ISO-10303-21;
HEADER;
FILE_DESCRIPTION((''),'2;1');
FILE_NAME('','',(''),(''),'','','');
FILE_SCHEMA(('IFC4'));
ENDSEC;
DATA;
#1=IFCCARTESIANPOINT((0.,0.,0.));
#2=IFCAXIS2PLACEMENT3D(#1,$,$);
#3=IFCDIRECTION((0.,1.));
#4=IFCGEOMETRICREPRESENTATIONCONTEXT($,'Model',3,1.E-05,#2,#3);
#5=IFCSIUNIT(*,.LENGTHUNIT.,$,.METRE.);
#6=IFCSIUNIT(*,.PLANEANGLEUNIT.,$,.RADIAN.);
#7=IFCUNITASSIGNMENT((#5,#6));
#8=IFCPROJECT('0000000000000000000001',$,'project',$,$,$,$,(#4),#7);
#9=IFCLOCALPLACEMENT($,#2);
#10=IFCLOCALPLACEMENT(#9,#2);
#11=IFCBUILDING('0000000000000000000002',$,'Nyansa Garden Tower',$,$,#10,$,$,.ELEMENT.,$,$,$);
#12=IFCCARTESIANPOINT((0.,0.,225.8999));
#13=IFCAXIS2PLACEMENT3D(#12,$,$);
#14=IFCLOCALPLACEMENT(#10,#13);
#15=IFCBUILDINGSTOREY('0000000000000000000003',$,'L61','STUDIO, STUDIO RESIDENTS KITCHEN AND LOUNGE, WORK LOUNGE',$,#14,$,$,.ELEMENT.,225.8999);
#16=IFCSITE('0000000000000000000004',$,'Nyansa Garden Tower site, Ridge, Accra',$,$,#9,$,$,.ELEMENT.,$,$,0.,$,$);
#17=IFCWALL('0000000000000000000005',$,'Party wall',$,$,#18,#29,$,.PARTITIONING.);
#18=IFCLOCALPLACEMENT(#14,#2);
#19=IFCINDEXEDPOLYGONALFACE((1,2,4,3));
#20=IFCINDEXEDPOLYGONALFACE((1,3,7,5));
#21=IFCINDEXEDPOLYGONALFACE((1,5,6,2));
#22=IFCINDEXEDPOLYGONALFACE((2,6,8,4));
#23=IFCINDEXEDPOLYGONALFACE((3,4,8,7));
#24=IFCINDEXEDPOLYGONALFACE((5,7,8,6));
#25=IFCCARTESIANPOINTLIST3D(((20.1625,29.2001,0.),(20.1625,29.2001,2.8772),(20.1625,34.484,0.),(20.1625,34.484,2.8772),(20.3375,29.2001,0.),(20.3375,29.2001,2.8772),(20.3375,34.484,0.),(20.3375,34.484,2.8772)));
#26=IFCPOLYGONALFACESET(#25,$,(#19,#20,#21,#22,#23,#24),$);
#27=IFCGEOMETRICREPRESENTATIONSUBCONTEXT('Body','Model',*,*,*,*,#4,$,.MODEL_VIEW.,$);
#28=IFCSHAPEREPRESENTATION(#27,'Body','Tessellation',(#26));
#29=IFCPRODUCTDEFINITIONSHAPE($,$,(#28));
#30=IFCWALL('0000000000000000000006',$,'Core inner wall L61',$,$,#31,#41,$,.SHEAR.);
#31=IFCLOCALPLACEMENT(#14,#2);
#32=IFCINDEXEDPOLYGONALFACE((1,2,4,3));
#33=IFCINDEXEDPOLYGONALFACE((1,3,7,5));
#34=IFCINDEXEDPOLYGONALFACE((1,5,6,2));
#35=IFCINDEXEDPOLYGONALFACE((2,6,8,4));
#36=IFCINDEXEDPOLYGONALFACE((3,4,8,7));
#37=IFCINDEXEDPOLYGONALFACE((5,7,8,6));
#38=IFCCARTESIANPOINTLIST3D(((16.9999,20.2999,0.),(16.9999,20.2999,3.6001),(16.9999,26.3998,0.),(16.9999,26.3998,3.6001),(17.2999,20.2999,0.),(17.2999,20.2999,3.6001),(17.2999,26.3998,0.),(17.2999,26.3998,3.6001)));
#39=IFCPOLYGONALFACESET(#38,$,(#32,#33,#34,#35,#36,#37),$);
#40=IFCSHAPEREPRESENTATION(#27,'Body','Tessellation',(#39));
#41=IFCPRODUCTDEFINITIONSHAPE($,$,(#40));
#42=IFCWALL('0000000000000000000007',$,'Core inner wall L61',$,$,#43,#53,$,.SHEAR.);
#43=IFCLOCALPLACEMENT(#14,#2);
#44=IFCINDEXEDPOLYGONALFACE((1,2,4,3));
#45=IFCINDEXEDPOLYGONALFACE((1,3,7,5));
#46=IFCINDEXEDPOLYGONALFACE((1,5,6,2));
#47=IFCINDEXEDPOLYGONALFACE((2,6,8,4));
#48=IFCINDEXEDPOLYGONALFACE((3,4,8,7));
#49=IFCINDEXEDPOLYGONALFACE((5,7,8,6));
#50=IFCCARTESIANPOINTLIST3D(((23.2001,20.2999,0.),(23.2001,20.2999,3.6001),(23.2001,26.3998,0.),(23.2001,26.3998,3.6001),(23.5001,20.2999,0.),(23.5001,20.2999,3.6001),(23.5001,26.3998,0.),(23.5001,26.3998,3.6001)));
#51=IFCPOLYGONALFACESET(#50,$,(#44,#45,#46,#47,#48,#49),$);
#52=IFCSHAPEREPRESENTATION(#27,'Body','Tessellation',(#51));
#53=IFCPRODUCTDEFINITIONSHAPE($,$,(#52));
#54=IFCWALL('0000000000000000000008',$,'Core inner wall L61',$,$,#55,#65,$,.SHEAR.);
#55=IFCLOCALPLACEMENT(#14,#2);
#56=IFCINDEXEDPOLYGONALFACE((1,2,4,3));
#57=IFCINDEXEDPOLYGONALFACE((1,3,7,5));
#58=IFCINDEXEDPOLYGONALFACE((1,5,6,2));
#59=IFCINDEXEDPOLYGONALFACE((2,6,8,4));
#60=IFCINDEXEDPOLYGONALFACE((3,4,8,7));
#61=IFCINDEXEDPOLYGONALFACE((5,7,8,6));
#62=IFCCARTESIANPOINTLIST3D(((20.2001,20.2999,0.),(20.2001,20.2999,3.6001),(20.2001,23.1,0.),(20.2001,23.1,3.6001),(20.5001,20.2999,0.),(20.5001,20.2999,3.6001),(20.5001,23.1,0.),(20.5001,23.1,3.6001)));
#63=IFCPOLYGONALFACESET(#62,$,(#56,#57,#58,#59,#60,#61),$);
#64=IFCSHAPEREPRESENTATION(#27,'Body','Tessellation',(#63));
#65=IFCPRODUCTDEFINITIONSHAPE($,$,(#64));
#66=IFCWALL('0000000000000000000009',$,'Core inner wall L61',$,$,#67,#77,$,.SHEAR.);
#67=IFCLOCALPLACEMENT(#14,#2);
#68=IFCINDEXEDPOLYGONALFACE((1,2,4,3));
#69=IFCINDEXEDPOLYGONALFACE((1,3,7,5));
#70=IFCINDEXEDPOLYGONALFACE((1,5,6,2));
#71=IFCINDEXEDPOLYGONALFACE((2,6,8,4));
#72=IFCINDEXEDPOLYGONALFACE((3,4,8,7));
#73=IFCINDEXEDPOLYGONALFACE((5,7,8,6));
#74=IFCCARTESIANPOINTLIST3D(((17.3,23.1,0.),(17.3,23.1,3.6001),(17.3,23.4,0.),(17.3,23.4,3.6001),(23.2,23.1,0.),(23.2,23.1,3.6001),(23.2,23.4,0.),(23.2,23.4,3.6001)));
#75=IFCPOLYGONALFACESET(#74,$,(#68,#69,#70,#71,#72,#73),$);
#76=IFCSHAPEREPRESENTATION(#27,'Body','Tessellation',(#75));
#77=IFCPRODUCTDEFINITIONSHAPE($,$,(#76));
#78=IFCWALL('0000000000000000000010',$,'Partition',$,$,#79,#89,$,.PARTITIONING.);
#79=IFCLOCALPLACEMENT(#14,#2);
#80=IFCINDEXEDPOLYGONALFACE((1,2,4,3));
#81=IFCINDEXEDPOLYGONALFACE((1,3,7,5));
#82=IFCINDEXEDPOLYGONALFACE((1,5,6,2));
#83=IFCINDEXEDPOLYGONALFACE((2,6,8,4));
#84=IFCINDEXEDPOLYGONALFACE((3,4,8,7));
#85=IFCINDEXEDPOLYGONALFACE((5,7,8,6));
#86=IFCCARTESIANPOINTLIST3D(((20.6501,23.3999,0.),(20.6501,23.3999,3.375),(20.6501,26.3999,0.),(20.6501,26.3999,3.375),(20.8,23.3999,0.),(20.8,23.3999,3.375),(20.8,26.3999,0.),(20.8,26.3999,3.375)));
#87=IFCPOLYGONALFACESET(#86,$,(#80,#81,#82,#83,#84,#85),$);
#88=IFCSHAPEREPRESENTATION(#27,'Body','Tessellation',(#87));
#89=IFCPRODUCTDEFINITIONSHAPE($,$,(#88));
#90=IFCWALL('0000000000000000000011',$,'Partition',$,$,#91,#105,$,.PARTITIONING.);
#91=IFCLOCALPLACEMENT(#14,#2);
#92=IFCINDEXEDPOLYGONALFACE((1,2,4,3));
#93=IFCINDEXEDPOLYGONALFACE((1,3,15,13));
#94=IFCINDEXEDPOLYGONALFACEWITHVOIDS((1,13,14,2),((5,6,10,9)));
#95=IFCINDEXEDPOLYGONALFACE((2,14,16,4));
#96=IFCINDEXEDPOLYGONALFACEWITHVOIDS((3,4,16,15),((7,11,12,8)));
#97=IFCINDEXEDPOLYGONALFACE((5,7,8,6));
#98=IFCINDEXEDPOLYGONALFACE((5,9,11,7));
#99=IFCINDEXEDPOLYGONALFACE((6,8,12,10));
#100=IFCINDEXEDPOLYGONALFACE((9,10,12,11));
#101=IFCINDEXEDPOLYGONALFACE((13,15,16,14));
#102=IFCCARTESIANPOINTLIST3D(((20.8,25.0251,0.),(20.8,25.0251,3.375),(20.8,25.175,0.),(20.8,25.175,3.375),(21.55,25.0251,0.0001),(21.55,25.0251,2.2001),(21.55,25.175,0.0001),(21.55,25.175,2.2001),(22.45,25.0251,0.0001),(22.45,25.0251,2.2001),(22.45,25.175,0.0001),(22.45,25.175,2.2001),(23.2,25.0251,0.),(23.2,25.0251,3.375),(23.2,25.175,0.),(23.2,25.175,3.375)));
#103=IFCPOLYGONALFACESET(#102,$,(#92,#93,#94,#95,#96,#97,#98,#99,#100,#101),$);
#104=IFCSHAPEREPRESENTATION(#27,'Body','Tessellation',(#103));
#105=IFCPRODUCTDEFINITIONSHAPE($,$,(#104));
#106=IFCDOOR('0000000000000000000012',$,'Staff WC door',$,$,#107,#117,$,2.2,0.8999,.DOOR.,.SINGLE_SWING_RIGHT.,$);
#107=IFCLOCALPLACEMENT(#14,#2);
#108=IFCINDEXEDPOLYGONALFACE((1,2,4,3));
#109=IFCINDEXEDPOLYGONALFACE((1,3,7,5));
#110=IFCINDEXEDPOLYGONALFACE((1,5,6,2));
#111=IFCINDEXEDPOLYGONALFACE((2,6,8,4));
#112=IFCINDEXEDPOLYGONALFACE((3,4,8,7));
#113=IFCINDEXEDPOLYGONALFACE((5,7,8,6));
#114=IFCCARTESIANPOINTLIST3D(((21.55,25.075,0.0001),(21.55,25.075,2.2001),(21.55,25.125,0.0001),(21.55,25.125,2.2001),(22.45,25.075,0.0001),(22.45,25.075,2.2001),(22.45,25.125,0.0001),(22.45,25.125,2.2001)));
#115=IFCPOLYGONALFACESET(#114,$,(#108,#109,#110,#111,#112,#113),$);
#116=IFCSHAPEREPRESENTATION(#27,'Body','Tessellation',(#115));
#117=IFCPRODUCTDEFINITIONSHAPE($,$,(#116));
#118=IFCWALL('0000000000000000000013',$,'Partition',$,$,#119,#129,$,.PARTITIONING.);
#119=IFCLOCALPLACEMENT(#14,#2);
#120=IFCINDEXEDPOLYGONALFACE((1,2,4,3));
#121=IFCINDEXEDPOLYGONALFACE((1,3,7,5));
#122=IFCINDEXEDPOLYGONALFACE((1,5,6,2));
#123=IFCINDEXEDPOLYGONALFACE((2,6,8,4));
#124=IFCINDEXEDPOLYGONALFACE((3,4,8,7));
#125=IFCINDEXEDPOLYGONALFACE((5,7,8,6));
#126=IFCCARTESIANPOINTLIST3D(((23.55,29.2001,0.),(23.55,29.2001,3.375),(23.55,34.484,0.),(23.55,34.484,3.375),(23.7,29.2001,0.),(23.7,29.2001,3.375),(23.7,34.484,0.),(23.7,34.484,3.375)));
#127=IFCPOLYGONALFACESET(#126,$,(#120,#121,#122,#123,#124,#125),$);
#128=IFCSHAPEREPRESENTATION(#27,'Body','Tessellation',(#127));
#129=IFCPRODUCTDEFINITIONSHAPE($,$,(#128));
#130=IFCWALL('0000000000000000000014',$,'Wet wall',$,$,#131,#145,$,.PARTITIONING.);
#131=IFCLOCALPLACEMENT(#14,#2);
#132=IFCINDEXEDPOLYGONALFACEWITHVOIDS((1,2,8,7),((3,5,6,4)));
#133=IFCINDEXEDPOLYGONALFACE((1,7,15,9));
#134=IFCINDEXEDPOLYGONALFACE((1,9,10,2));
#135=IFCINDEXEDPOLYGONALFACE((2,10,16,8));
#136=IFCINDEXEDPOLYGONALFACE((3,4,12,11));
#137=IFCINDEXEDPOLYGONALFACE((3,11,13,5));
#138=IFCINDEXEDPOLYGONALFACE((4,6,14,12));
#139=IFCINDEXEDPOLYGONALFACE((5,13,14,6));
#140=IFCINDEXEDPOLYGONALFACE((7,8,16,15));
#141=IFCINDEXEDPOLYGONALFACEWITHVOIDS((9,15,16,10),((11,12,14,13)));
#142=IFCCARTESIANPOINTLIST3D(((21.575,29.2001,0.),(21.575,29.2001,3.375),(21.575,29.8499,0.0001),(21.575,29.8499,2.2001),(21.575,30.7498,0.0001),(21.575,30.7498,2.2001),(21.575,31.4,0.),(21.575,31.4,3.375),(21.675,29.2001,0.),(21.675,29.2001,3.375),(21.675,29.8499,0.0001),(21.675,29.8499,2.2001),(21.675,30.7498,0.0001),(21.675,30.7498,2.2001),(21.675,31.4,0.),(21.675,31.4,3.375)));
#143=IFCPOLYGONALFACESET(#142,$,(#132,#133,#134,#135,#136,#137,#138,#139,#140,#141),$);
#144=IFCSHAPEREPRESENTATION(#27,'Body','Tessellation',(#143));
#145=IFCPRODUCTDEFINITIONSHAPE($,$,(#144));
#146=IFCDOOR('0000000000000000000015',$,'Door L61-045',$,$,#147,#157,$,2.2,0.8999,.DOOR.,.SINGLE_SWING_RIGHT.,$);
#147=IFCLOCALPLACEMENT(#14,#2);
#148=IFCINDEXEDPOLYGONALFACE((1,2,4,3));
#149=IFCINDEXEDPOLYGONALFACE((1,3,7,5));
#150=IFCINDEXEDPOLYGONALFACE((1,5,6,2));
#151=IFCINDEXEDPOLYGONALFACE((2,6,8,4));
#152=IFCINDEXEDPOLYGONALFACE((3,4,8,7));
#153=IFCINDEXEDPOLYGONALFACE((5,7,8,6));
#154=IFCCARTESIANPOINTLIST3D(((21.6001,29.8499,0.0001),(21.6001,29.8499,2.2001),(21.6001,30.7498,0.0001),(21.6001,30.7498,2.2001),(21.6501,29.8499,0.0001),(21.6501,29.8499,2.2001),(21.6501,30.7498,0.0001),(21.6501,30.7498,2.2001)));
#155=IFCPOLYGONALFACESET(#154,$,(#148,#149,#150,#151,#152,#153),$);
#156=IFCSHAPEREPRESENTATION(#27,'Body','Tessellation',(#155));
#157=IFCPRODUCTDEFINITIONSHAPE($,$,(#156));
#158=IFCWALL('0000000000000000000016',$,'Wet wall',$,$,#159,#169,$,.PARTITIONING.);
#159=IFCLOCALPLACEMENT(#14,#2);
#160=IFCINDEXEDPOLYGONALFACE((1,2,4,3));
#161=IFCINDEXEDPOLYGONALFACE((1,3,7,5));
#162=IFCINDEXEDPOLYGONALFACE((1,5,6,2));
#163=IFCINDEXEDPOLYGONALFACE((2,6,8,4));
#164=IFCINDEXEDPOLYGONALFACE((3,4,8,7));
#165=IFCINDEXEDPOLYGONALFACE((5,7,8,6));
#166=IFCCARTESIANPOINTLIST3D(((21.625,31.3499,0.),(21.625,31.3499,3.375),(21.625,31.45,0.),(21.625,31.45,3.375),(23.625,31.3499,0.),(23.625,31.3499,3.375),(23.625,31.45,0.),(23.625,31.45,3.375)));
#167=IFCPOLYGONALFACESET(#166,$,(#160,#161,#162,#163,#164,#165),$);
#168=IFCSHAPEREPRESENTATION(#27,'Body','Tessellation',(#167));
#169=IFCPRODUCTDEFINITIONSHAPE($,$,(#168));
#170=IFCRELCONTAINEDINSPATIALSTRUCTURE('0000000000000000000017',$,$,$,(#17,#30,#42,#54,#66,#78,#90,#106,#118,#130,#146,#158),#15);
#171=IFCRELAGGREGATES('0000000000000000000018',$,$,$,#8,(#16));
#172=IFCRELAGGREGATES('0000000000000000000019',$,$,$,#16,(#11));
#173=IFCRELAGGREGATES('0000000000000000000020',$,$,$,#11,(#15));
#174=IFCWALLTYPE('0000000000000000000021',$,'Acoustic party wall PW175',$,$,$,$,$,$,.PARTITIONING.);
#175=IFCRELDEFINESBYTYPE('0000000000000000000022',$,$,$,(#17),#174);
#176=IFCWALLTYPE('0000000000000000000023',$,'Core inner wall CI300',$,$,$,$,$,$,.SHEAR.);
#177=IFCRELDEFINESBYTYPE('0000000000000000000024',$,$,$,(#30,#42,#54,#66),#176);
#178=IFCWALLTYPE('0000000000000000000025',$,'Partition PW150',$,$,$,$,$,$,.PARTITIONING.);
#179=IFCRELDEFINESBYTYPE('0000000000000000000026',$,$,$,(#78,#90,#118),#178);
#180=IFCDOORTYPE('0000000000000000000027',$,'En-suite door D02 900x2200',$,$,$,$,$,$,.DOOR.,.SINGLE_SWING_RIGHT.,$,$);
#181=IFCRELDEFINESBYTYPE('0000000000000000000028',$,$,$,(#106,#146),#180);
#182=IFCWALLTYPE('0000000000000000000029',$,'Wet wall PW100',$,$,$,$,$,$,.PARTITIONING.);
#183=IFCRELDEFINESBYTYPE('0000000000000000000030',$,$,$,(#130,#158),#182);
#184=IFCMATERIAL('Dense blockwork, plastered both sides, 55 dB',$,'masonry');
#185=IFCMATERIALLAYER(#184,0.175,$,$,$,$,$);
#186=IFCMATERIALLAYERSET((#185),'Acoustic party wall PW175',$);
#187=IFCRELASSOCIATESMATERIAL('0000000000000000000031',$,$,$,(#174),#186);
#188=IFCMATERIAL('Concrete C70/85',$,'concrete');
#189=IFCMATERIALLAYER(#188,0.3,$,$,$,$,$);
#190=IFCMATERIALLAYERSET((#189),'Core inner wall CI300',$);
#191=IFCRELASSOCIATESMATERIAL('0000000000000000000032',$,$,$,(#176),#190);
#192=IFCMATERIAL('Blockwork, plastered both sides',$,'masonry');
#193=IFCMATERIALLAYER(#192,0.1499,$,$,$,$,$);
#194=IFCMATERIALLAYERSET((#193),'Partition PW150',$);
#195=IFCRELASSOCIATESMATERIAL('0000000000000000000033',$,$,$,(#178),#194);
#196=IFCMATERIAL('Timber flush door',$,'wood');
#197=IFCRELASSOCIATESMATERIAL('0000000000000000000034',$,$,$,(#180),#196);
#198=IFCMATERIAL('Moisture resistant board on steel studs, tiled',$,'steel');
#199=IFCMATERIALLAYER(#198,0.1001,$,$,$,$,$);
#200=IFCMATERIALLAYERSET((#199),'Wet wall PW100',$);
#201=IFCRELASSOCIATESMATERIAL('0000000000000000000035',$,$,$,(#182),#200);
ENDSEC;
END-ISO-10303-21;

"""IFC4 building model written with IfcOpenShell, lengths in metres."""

from ifc_helpers import new_model, si_unit, direction, frame, frame_2d, origin, place, context, subcontext, project, spatial, rectangle, extrude, material, layer, layer_set, type_object, element, fill, save


model = new_model("IFC4")

# Units and contexts
model_context = context("Model", 3, precision=1e-05, world=origin(), true_north=direction((0.0, 1.0)))
body_context = subcontext(model_context, "Body", "Model", "MODEL_VIEW")
ifc_project = project(units=[si_unit("LENGTHUNIT", "METRE"), si_unit("PLANEANGLEUNIT", "RADIAN")], contexts=[model_context])

# Site, building, storey
site_placement = place(None, origin())
site = spatial("IfcSite", under=ifc_project, at=site_placement, Name="Nyansa Garden Tower site, Ridge, Accra", CompositionType="ELEMENT", RefElevation=0.0)
building_placement = place(site_placement, origin())
building = spatial("IfcBuilding", under=site, at=building_placement, Name="Nyansa Garden Tower", CompositionType="ELEMENT")
storey_placement = place(building_placement, frame((0.0, 0.0, 225.8999)))
storey = spatial("IfcBuildingStorey", under=building, at=storey_placement, Name="L61", Description="STUDIO, STUDIO RESIDENTS KITCHEN AND LOUNGE, WORK LOUNGE", CompositionType="ELEMENT", Elevation=225.8999)

# Walls
ifc_material_1 = material(Name="Dense blockwork, plastered both sides, 55 dB", Category="masonry")
ifc_layer_1 = layer(ifc_material_1, 0.175)
ifc_layer_set_1 = layer_set([ifc_layer_1], Name="Acoustic party wall PW175")
wall_type_1 = type_object("IfcWallType", Name="Acoustic party wall PW175", PredefinedType="PARTITIONING", material=ifc_layer_set_1)
wall_1_placement = place(storey_placement, frame((20.25, 29.2, 0.0), z_axis=(0.0, 0.0, 1.0), x_axis=(0.0, 1.0, 0.0)))
element("IfcWall", 1, at=wall_1_placement, inside=storey, type_object=wall_type_1, Name="Party wall", PredefinedType="PARTITIONING", context=body_context, shape_type="SweptSolid", body=[
    extrude(rectangle(XDim=5.2839, YDim=0.175, at=frame_2d((2.6421, 0.0))), origin(), (0.0, 0.0, 1.0), 2.8772),
])
ifc_material_2 = material(Name="Concrete C70/85", Category="concrete")
ifc_layer_2 = layer(ifc_material_2, 0.3)
ifc_layer_set_2 = layer_set([ifc_layer_2], Name="Core inner wall CI300")
wall_type_2 = type_object("IfcWallType", Name="Core inner wall CI300", PredefinedType="SHEAR", material=ifc_layer_set_2)
for number, where, z_axis, x_axis, name in (
    (2, (17.1499, 20.3, 0.0), (0.0, 0.0, 1.0), (0.0, 1.0, 0.0), "Core inner wall L61"),
    (3, (23.3501, 20.3, 0.0), (0.0, 0.0, 1.0), (0.0, 1.0, 0.0), "Core inner wall L61"),
):
    element("IfcWall", number, at=place(storey_placement, frame(where, z_axis=z_axis, x_axis=x_axis)), inside=storey, type_object=wall_type_2, Name=name, PredefinedType="SHEAR", context=body_context, shape_type="SweptSolid", body=[
        extrude(rectangle(XDim=6.0999, YDim=0.3, at=frame_2d((3.0498, 0.0))), origin(), (0.0, 0.0, 1.0), 3.6001),
    ])
wall_2_placement = place(storey_placement, frame((20.3501, 20.3, 0.0), z_axis=(0.0, 0.0, 1.0), x_axis=(0.0, 1.0, 0.0)))
element("IfcWall", 4, at=wall_2_placement, inside=storey, type_object=wall_type_2, Name="Core inner wall L61", PredefinedType="SHEAR", context=body_context, shape_type="SweptSolid", body=[
    extrude(rectangle(XDim=2.8, YDim=0.3, at=frame_2d((1.3999, 0.0))), origin(), (0.0, 0.0, 1.0), 3.6001),
])
wall_3_placement = place(storey_placement, frame((17.3, 23.25, 0.0), z_axis=(0.0, 0.0, 1.0), x_axis=(1.0, 0.0, 0.0)))
element("IfcWall", 5, at=wall_3_placement, inside=storey, type_object=wall_type_2, Name="Core inner wall L61", PredefinedType="SHEAR", context=body_context, shape_type="SweptSolid", body=[
    extrude(rectangle(XDim=5.8999, YDim=0.3, at=frame_2d((2.95, 0.0))), origin(), (0.0, 0.0, 1.0), 3.6001),
])
ifc_material_3 = material(Name="Blockwork, plastered both sides", Category="masonry")
ifc_layer_3 = layer(ifc_material_3, 0.1499)
ifc_layer_set_3 = layer_set([ifc_layer_3], Name="Partition PW150")
wall_type_3 = type_object("IfcWallType", Name="Partition PW150", PredefinedType="PARTITIONING", material=ifc_layer_set_3)
wall_4_placement = place(storey_placement, frame((20.7251, 23.3999, 0.0), z_axis=(0.0, 0.0, 1.0), x_axis=(0.0, 1.0, 0.0)))
element("IfcWall", 6, at=wall_4_placement, inside=storey, type_object=wall_type_3, Name="Partition", PredefinedType="PARTITIONING", context=body_context, shape_type="SweptSolid", body=[
    extrude(rectangle(XDim=3.0, YDim=0.1499, at=frame_2d((1.5, 0.0))), origin(), (0.0, 0.0, 1.0), 3.375),
])

# Wall, opening, door
wall_5_placement = place(storey_placement, frame((20.8, 25.1001, 0.0), z_axis=(0.0, 0.0, 1.0), x_axis=(1.0, 0.0, 0.0)))
wall_5 = element("IfcWall", 7, at=wall_5_placement, inside=storey, type_object=wall_type_3, Name="Partition", PredefinedType="PARTITIONING", context=body_context, shape_type="SweptSolid", body=[
    extrude(rectangle(XDim=2.3999, YDim=0.1499, at=frame_2d((1.2, 0.0))), origin(), (0.0, 0.0, 1.0), 3.375),
])
opening_1_placement = place(wall_5_placement, frame((0.75, 0.0, 0.0)))
opening_1 = element("IfcOpeningElement", 8, at=opening_1_placement, cuts=wall_5, PredefinedType="OPENING", context=body_context, shape_type="SweptSolid", body=[
    extrude(rectangle(XDim=0.8999, YDim=2.2, at=frame_2d((0.45, 1.1001))), frame((0.0, 0.085, 0.0), z_axis=(0.0, -1.0, 0.0), x_axis=(1.0, 0.0, 0.0)), (0.0, 0.0, 1.0), 0.1699),
])
ifc_material_4 = material(Name="Timber flush door", Category="wood")
door_type = type_object("IfcDoorType", Name="En-suite door D02 900x2200", OperationType="SINGLE_SWING_RIGHT", PredefinedType="DOOR", material=ifc_material_4)
door_1_placement = place(opening_1_placement, origin())
door_1 = element("IfcDoor", 9, at=door_1_placement, inside=storey, type_object=door_type, Name="Staff WC door", OperationType="SINGLE_SWING_RIGHT", OverallHeight=2.2, OverallWidth=0.8999, PredefinedType="DOOR", context=body_context, shape_type="SweptSolid", body=[
    extrude(rectangle(XDim=0.8999, YDim=2.2, at=frame_2d((0.45, 1.1001))), frame((0.0, 0.0249, 0.0), z_axis=(0.0, -1.0, 0.0), x_axis=(1.0, 0.0, 0.0)), (0.0, 0.0, 1.0), 0.05),
])
fill(opening_1, door_1)

# Wall
wall_6_placement = place(storey_placement, frame((23.625, 29.2, 0.0), z_axis=(0.0, 0.0, 1.0), x_axis=(0.0, 1.0, 0.0)))
element("IfcWall", 10, at=wall_6_placement, inside=storey, type_object=wall_type_3, Name="Partition", PredefinedType="PARTITIONING", context=body_context, shape_type="SweptSolid", body=[
    extrude(rectangle(XDim=5.2839, YDim=0.1499, at=frame_2d((2.6421, 0.0))), origin(), (0.0, 0.0, 1.0), 3.375),
])

# Wall, opening, door
ifc_material_5 = material(Name="Moisture resistant board on steel studs, tiled", Category="steel")
ifc_layer_4 = layer(ifc_material_5, 0.1001)
ifc_layer_set_4 = layer_set([ifc_layer_4], Name="Wet wall PW100")
wall_type_4 = type_object("IfcWallType", Name="Wet wall PW100", PredefinedType="PARTITIONING", material=ifc_layer_set_4)
wall_7_placement = place(storey_placement, frame((21.625, 29.2, 0.0), z_axis=(0.0, 0.0, 1.0), x_axis=(0.0, 1.0, 0.0)))
wall_7 = element("IfcWall", 11, at=wall_7_placement, inside=storey, type_object=wall_type_4, Name="Wet wall", PredefinedType="PARTITIONING", context=body_context, shape_type="SweptSolid", body=[
    extrude(rectangle(XDim=2.2, YDim=0.1001, at=frame_2d((1.1001, 0.0))), origin(), (0.0, 0.0, 1.0), 3.375),
])
opening_2_placement = place(wall_7_placement, frame((0.6499, 0.0, 0.0)))
opening_2 = element("IfcOpeningElement", 12, at=opening_2_placement, cuts=wall_7, PredefinedType="OPENING", context=body_context, shape_type="SweptSolid", body=[
    extrude(rectangle(XDim=0.8999, YDim=2.2, at=frame_2d((0.45, 1.1001))), frame((0.0, 0.0601, 0.0), z_axis=(0.0, -1.0, 0.0), x_axis=(1.0, 0.0, 0.0)), (0.0, 0.0, 1.0), 0.1201),
])
door_2_placement = place(opening_2_placement, origin())
door_2 = element("IfcDoor", 13, at=door_2_placement, inside=storey, type_object=door_type, Name="Door L61-045", OperationType="SINGLE_SWING_RIGHT", OverallHeight=2.2, OverallWidth=0.8999, PredefinedType="DOOR", context=body_context, shape_type="SweptSolid", body=[
    extrude(rectangle(XDim=0.8999, YDim=2.2, at=frame_2d((0.45, 1.1001))), frame((0.0, 0.0249, 0.0), z_axis=(0.0, -1.0, 0.0), x_axis=(1.0, 0.0, 0.0)), (0.0, 0.0, 1.0), 0.05),
])
fill(opening_2, door_2)

# Wall
wall_8_placement = place(storey_placement, frame((21.625, 31.3999, 0.0), z_axis=(0.0, 0.0, 1.0), x_axis=(1.0, 0.0, 0.0)))
element("IfcWall", 14, at=wall_8_placement, inside=storey, type_object=wall_type_4, Name="Wet wall", PredefinedType="PARTITIONING", context=body_context, shape_type="SweptSolid", body=[
    extrude(rectangle(XDim=2.0, YDim=0.1001, at=frame_2d((1.0, 0.0))), origin(), (0.0, 0.0, 1.0), 3.375),
])

save(model, "model.ifc")
